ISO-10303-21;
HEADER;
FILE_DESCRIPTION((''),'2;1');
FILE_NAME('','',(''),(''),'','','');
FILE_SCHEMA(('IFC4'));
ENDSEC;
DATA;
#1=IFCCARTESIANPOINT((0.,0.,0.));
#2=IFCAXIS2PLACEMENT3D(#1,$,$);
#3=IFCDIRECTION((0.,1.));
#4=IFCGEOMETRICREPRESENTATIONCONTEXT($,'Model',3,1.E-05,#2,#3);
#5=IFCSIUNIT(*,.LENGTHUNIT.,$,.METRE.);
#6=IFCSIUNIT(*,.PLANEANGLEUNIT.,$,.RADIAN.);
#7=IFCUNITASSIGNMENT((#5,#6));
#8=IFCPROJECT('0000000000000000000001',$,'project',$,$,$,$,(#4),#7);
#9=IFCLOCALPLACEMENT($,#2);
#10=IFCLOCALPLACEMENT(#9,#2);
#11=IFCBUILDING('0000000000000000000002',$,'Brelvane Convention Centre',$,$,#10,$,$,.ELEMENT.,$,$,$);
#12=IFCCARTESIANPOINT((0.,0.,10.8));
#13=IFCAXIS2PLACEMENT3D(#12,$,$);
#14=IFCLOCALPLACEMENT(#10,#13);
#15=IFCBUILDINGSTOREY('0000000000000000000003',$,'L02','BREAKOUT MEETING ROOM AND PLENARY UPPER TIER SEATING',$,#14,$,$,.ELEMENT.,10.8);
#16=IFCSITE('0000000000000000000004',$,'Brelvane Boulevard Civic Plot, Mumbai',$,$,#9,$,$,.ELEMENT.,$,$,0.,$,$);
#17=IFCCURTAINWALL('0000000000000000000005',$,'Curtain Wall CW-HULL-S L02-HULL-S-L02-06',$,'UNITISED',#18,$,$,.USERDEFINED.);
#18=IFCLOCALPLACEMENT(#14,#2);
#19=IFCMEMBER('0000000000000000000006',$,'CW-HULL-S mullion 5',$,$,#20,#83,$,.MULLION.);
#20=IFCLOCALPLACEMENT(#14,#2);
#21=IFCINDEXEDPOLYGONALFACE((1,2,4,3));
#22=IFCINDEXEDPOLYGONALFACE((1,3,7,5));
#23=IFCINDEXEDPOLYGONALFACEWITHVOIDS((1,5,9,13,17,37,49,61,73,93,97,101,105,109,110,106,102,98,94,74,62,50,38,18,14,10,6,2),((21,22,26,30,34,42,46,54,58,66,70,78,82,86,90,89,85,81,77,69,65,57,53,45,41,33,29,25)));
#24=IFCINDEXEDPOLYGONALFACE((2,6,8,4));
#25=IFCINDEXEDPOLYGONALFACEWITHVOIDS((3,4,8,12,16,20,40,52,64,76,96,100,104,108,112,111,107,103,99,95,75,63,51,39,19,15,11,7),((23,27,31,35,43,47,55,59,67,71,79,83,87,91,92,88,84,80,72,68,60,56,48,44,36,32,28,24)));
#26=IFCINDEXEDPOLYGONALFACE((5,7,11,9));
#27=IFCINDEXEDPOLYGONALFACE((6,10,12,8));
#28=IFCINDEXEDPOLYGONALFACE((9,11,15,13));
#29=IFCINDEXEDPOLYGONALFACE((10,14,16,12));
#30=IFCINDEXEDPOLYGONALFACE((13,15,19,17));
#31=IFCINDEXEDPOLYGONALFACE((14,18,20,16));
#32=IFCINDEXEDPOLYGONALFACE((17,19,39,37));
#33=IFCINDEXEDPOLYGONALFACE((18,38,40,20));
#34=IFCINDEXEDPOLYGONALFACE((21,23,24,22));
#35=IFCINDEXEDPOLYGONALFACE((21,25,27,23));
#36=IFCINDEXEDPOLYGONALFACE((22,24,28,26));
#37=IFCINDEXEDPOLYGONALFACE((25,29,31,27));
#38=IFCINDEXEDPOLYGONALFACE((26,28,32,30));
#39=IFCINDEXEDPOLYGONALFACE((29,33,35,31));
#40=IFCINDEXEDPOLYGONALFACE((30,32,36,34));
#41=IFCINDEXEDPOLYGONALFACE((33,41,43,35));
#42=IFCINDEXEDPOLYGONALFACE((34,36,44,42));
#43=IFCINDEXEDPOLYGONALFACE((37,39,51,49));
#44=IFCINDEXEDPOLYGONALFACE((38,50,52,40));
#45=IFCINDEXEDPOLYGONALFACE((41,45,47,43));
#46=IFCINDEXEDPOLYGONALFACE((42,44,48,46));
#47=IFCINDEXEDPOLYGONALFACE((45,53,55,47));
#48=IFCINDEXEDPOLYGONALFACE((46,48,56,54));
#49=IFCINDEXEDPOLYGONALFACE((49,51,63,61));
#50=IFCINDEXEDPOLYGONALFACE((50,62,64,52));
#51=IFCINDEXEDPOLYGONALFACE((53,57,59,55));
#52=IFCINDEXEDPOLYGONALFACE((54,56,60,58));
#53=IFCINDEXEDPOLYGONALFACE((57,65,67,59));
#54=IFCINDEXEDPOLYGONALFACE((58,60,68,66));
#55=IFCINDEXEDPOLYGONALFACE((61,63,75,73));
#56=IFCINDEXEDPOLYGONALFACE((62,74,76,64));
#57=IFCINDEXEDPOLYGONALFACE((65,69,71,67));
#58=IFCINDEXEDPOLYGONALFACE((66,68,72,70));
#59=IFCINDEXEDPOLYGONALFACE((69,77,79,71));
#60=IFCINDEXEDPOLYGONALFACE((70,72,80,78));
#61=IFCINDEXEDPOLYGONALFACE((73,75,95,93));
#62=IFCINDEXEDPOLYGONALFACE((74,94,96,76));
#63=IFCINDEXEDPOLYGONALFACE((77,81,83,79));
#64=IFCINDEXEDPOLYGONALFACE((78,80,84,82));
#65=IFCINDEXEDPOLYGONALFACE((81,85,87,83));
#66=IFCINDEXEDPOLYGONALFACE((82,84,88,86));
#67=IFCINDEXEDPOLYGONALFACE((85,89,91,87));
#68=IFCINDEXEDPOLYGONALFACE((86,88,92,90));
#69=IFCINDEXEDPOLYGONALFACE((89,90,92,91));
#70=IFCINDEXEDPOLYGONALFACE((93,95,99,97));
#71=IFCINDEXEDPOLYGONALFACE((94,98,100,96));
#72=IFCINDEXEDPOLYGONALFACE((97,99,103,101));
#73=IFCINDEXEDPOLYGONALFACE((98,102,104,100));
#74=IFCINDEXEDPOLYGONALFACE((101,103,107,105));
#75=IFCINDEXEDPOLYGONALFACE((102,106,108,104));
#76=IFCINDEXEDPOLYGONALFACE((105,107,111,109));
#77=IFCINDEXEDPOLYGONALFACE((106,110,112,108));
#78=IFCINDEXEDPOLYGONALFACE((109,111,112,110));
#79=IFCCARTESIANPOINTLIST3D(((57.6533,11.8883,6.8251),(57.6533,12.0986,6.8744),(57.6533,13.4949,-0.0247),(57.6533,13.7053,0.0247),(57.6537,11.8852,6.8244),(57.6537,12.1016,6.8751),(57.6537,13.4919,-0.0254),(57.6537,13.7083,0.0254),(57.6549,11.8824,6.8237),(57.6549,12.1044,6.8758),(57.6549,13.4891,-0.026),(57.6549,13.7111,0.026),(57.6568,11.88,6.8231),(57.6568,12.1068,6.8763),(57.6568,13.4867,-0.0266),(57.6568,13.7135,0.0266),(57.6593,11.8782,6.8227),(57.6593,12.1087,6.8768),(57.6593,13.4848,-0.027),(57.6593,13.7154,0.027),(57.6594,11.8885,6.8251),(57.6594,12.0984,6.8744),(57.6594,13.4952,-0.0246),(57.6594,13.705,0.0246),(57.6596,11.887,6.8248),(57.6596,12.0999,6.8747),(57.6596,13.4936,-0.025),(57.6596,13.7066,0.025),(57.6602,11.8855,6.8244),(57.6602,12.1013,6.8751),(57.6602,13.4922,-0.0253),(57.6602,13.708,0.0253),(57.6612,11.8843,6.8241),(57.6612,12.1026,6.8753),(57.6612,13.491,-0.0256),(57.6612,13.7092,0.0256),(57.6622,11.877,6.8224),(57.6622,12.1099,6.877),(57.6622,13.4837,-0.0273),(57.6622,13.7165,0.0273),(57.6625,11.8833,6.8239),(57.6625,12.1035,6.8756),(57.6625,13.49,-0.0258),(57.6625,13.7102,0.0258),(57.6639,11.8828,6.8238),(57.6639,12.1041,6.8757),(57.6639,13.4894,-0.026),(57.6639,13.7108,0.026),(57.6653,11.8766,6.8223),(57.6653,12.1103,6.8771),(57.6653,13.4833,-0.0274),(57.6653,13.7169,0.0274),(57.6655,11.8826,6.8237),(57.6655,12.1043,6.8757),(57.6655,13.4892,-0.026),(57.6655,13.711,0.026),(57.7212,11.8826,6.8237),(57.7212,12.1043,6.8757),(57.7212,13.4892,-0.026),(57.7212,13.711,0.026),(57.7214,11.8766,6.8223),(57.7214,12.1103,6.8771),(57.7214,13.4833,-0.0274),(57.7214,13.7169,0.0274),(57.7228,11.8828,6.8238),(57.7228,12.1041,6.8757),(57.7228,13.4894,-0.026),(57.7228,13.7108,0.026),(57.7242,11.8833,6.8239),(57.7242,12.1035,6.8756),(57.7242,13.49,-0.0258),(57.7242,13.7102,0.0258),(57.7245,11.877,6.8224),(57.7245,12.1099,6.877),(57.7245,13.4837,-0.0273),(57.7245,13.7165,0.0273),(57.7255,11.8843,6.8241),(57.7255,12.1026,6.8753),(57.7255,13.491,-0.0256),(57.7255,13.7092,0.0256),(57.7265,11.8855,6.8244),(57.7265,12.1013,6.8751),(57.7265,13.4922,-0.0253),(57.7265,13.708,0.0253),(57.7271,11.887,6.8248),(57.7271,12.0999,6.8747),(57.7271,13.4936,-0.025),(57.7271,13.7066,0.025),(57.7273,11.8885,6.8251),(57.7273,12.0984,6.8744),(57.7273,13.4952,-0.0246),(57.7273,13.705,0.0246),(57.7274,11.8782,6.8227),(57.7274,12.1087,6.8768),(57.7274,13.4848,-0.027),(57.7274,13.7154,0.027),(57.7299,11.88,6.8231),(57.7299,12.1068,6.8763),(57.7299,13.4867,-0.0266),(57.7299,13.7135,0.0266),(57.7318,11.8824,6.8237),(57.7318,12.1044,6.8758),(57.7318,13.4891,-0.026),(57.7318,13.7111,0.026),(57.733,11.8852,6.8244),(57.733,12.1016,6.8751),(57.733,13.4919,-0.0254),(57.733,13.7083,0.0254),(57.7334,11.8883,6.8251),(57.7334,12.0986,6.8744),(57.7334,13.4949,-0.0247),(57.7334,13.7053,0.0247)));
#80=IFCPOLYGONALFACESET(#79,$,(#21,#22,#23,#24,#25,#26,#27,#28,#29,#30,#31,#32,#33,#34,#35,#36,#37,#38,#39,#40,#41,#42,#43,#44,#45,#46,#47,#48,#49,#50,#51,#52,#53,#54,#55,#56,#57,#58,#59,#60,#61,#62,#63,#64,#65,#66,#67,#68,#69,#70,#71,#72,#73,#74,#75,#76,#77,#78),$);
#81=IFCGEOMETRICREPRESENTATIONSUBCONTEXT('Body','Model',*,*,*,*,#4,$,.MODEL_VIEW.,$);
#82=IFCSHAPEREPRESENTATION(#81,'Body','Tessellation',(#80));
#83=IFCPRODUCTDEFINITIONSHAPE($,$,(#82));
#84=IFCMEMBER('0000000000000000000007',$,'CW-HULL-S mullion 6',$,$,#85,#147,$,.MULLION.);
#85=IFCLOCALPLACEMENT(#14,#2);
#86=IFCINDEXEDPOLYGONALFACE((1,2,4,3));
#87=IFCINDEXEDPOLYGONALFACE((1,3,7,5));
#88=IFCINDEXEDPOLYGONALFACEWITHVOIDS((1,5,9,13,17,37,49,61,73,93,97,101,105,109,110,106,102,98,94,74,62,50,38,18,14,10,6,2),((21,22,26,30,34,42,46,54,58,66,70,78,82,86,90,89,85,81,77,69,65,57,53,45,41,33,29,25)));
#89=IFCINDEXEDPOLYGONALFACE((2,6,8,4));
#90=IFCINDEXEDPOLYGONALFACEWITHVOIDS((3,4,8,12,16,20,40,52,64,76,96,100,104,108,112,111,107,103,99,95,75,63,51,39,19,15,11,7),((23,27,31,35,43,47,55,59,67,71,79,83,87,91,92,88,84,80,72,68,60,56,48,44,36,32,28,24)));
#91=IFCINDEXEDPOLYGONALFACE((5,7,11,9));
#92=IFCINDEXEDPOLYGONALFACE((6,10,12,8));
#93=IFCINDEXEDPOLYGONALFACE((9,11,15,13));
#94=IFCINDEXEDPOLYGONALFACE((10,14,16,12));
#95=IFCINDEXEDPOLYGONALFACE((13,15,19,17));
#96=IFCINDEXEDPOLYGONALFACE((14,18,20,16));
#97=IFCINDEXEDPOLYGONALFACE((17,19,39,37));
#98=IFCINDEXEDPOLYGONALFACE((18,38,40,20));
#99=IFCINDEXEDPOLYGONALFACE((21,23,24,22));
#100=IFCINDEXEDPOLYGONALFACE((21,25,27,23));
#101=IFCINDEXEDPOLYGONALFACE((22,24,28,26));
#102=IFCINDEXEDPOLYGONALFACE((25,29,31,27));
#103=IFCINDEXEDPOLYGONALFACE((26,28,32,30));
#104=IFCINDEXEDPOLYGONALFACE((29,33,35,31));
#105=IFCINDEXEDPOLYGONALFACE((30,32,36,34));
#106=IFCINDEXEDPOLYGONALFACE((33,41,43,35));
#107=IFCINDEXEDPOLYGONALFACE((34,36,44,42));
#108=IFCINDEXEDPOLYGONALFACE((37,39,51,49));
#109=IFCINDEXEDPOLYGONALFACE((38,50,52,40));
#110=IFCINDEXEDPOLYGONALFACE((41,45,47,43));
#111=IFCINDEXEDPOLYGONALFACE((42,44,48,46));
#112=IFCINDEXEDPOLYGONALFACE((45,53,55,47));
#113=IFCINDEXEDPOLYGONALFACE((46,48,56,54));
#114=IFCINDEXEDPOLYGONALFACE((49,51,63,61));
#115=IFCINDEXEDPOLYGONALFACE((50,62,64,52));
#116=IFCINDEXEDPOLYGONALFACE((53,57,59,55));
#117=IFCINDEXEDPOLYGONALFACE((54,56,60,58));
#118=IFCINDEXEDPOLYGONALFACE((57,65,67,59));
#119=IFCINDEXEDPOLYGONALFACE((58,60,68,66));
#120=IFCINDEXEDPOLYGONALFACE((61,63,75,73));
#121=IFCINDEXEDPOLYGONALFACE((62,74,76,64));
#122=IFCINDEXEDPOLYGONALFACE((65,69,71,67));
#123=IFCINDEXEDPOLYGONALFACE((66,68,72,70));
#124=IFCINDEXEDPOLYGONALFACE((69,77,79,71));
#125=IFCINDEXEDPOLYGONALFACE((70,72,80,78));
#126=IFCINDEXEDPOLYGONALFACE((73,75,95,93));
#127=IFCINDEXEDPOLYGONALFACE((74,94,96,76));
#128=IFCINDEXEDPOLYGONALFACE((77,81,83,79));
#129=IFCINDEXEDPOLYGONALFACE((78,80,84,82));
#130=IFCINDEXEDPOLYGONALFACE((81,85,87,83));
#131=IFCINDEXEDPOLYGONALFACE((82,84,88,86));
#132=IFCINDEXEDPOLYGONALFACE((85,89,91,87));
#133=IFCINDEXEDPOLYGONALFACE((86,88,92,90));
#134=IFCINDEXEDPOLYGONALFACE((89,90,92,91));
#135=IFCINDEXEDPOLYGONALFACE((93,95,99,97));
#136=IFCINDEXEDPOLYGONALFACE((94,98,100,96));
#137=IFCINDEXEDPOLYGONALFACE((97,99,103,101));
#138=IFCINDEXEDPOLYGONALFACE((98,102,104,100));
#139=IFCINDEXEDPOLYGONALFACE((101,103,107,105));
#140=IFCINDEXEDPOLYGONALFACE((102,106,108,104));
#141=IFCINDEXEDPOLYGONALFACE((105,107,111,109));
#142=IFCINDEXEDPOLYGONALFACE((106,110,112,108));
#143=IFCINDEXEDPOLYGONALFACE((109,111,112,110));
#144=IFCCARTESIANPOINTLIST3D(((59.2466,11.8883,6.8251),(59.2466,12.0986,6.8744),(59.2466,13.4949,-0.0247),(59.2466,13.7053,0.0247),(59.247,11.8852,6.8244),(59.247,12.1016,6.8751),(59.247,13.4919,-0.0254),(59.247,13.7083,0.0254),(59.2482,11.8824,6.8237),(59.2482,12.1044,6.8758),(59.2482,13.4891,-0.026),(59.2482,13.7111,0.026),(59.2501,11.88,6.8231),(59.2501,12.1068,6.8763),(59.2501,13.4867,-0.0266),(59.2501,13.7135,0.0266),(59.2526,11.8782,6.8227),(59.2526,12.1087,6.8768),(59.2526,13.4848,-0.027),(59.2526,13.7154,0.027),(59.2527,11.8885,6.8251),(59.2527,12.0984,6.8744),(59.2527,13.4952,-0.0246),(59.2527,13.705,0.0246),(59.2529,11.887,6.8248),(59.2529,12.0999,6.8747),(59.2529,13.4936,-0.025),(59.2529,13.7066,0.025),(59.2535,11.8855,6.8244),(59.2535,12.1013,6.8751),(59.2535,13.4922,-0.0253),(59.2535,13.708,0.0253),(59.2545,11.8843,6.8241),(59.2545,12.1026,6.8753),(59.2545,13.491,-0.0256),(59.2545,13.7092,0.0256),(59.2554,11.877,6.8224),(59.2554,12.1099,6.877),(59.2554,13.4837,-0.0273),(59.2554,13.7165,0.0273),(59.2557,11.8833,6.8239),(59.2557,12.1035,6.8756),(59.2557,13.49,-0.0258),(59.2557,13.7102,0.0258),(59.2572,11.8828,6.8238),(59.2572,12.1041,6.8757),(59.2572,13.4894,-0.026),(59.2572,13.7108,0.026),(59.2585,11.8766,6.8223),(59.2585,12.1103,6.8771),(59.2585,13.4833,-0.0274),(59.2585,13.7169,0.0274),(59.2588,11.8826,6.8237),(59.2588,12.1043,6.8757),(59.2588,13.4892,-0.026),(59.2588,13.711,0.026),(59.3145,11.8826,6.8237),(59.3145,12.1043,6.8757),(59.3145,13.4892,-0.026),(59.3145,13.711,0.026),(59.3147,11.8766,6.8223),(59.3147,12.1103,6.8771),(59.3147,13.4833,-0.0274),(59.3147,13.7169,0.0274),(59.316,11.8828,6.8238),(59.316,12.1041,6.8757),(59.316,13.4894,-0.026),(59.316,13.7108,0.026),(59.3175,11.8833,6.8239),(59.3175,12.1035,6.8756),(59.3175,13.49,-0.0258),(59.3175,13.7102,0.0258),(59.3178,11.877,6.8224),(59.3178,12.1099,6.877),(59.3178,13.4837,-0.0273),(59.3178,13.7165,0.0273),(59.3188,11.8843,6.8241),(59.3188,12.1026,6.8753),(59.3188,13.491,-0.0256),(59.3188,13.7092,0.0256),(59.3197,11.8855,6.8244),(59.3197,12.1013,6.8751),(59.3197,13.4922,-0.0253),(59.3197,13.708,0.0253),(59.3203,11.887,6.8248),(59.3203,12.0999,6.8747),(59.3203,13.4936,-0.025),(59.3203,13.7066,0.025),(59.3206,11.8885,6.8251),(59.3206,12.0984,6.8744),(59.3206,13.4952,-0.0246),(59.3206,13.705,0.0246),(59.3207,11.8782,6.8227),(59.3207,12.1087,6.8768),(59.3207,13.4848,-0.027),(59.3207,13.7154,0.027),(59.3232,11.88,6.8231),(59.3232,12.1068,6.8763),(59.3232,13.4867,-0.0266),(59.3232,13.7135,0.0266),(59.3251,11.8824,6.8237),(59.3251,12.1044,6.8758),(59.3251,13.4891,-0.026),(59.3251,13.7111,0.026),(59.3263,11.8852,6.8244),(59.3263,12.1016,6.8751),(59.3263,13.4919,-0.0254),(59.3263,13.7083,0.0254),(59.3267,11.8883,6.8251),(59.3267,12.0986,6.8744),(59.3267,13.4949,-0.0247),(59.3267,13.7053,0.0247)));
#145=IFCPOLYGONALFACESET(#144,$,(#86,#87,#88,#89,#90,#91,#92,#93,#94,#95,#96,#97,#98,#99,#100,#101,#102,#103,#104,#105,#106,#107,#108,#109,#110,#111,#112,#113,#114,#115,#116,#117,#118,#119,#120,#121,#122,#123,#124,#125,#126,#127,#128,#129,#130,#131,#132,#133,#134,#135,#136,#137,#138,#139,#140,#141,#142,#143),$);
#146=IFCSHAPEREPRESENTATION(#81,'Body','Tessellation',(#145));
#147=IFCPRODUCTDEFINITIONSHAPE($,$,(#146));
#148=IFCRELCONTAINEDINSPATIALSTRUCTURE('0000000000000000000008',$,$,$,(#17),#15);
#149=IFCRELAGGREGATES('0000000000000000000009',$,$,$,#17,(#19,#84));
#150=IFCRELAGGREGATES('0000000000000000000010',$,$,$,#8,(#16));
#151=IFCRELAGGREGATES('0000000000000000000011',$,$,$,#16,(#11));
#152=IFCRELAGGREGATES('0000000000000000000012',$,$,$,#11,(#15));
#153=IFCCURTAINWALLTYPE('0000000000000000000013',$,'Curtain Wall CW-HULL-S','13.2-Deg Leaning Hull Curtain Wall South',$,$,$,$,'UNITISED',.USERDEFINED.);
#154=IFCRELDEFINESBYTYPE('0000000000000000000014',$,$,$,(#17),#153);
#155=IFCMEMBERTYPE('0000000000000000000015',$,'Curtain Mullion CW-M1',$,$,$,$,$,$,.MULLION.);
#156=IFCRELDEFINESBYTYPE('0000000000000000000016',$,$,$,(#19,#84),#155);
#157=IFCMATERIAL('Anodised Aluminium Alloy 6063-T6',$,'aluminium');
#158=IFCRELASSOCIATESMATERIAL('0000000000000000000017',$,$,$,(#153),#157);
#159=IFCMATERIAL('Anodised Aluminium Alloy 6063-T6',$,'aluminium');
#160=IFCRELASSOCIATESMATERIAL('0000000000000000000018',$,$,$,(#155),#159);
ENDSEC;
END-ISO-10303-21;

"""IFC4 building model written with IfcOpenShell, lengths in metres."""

from ifc_helpers import new_model, si_unit, direction, frame, origin, origin_2d, place, context, subcontext, project, spatial, hollow_rectangle, extrude, material, material_profile, profile_set, type_object, element, aggregate, save


model = new_model("IFC4")

# Units and contexts
model_context = context("Model", 3, precision=1e-05, world=origin(), true_north=direction((0.0, 1.0)))
body_context = subcontext(model_context, "Body", "Model", "MODEL_VIEW")
ifc_project = project(units=[si_unit("LENGTHUNIT", "METRE"), si_unit("PLANEANGLEUNIT", "RADIAN")], contexts=[model_context])

# Site, building, storey
site_placement = place(None, origin())
site = spatial("IfcSite", under=ifc_project, at=site_placement, Name="Brelvane Boulevard Civic Plot, Mumbai", CompositionType="ELEMENT", RefElevation=0.0)
building_placement = place(site_placement, origin())
building = spatial("IfcBuilding", under=site, at=building_placement, Name="Brelvane Convention Centre", CompositionType="ELEMENT")
storey_placement = place(building_placement, frame((0.0, 0.0, 10.8)))
storey = spatial("IfcBuildingStorey", under=building, at=storey_placement, Name="L02", Description="BREAKOUT MEETING ROOM AND PLENARY UPPER TIER SEATING", CompositionType="ELEMENT", Elevation=10.8)

# Curtain wall, members
ifc_material_1 = material(Name="Anodised Aluminium Alloy 6063-T6", Category="aluminium")
curtain_wall_type = type_object("IfcCurtainWallType", Name="Curtain Wall CW-HULL-S", Description="13.2-Deg Leaning Hull Curtain Wall South", ElementType="UNITISED", PredefinedType="USERDEFINED", material=ifc_material_1)
curtain_wall_placement = place(storey_placement, origin())
curtain_wall = element("IfcCurtainWall", 1, at=curtain_wall_placement, inside=storey, type_object=curtain_wall_type, Name="Curtain Wall CW-HULL-S L02-HULL-S-L02-06", ObjectType="UNITISED", PredefinedType="USERDEFINED")
ifc_material_2 = material(Name="Anodised Aluminium Alloy 6063-T6", Category="aluminium")
ifc_material_profile_1 = material_profile(ifc_material_2, hollow_rectangle(XDim=0.0801, YDim=0.24, WallThickness=0.0061, InnerFilletRadius=0.0061, OuterFilletRadius=0.012, at=origin_2d()), Name="ALU-M 240x80x6.0")
ifc_profile_set_1 = profile_set([ifc_material_profile_1], Name="Anodised Aluminium Alloy 6063-T6")
member_type_1 = type_object("IfcMemberType", Name="Curtain Mullion CW-M1", PredefinedType="MULLION", material=ifc_profile_set_1)
member_1_placement = place(storey_placement, frame((57.6934, 13.6001, 0.0), z_axis=(0.0, -0.22836, 0.973577), x_axis=(1.0, 0.0, 0.0)))
member_1 = element("IfcMember", 2, at=member_1_placement, type_object=member_type_1, Name="CW-HULL-S mullion 5", PredefinedType="MULLION", context=body_context, shape_type="SweptSolid", body=[
    extrude(hollow_rectangle(XDim=0.0801, YDim=0.24, WallThickness=0.0061, InnerFilletRadius=0.0061, OuterFilletRadius=0.012, at=origin_2d()), origin(), (0.0, 0.0, 1.0), 7.0356),
])
member_2_placement = place(storey_placement, frame((59.2866, 13.6001, 0.0), z_axis=(0.0, -0.22836, 0.973577), x_axis=(1.0, 0.0, 0.0)))
member_2 = element("IfcMember", 3, at=member_2_placement, type_object=member_type_1, Name="CW-HULL-S mullion 6", PredefinedType="MULLION", context=body_context, shape_type="SweptSolid", body=[
    extrude(hollow_rectangle(XDim=0.0801, YDim=0.24, WallThickness=0.0061, InnerFilletRadius=0.0061, OuterFilletRadius=0.012, at=origin_2d()), origin(), (0.0, 0.0, 1.0), 7.0356),
])

aggregate(curtain_wall, [member_1, member_2])

save(model, "model.ifc")
